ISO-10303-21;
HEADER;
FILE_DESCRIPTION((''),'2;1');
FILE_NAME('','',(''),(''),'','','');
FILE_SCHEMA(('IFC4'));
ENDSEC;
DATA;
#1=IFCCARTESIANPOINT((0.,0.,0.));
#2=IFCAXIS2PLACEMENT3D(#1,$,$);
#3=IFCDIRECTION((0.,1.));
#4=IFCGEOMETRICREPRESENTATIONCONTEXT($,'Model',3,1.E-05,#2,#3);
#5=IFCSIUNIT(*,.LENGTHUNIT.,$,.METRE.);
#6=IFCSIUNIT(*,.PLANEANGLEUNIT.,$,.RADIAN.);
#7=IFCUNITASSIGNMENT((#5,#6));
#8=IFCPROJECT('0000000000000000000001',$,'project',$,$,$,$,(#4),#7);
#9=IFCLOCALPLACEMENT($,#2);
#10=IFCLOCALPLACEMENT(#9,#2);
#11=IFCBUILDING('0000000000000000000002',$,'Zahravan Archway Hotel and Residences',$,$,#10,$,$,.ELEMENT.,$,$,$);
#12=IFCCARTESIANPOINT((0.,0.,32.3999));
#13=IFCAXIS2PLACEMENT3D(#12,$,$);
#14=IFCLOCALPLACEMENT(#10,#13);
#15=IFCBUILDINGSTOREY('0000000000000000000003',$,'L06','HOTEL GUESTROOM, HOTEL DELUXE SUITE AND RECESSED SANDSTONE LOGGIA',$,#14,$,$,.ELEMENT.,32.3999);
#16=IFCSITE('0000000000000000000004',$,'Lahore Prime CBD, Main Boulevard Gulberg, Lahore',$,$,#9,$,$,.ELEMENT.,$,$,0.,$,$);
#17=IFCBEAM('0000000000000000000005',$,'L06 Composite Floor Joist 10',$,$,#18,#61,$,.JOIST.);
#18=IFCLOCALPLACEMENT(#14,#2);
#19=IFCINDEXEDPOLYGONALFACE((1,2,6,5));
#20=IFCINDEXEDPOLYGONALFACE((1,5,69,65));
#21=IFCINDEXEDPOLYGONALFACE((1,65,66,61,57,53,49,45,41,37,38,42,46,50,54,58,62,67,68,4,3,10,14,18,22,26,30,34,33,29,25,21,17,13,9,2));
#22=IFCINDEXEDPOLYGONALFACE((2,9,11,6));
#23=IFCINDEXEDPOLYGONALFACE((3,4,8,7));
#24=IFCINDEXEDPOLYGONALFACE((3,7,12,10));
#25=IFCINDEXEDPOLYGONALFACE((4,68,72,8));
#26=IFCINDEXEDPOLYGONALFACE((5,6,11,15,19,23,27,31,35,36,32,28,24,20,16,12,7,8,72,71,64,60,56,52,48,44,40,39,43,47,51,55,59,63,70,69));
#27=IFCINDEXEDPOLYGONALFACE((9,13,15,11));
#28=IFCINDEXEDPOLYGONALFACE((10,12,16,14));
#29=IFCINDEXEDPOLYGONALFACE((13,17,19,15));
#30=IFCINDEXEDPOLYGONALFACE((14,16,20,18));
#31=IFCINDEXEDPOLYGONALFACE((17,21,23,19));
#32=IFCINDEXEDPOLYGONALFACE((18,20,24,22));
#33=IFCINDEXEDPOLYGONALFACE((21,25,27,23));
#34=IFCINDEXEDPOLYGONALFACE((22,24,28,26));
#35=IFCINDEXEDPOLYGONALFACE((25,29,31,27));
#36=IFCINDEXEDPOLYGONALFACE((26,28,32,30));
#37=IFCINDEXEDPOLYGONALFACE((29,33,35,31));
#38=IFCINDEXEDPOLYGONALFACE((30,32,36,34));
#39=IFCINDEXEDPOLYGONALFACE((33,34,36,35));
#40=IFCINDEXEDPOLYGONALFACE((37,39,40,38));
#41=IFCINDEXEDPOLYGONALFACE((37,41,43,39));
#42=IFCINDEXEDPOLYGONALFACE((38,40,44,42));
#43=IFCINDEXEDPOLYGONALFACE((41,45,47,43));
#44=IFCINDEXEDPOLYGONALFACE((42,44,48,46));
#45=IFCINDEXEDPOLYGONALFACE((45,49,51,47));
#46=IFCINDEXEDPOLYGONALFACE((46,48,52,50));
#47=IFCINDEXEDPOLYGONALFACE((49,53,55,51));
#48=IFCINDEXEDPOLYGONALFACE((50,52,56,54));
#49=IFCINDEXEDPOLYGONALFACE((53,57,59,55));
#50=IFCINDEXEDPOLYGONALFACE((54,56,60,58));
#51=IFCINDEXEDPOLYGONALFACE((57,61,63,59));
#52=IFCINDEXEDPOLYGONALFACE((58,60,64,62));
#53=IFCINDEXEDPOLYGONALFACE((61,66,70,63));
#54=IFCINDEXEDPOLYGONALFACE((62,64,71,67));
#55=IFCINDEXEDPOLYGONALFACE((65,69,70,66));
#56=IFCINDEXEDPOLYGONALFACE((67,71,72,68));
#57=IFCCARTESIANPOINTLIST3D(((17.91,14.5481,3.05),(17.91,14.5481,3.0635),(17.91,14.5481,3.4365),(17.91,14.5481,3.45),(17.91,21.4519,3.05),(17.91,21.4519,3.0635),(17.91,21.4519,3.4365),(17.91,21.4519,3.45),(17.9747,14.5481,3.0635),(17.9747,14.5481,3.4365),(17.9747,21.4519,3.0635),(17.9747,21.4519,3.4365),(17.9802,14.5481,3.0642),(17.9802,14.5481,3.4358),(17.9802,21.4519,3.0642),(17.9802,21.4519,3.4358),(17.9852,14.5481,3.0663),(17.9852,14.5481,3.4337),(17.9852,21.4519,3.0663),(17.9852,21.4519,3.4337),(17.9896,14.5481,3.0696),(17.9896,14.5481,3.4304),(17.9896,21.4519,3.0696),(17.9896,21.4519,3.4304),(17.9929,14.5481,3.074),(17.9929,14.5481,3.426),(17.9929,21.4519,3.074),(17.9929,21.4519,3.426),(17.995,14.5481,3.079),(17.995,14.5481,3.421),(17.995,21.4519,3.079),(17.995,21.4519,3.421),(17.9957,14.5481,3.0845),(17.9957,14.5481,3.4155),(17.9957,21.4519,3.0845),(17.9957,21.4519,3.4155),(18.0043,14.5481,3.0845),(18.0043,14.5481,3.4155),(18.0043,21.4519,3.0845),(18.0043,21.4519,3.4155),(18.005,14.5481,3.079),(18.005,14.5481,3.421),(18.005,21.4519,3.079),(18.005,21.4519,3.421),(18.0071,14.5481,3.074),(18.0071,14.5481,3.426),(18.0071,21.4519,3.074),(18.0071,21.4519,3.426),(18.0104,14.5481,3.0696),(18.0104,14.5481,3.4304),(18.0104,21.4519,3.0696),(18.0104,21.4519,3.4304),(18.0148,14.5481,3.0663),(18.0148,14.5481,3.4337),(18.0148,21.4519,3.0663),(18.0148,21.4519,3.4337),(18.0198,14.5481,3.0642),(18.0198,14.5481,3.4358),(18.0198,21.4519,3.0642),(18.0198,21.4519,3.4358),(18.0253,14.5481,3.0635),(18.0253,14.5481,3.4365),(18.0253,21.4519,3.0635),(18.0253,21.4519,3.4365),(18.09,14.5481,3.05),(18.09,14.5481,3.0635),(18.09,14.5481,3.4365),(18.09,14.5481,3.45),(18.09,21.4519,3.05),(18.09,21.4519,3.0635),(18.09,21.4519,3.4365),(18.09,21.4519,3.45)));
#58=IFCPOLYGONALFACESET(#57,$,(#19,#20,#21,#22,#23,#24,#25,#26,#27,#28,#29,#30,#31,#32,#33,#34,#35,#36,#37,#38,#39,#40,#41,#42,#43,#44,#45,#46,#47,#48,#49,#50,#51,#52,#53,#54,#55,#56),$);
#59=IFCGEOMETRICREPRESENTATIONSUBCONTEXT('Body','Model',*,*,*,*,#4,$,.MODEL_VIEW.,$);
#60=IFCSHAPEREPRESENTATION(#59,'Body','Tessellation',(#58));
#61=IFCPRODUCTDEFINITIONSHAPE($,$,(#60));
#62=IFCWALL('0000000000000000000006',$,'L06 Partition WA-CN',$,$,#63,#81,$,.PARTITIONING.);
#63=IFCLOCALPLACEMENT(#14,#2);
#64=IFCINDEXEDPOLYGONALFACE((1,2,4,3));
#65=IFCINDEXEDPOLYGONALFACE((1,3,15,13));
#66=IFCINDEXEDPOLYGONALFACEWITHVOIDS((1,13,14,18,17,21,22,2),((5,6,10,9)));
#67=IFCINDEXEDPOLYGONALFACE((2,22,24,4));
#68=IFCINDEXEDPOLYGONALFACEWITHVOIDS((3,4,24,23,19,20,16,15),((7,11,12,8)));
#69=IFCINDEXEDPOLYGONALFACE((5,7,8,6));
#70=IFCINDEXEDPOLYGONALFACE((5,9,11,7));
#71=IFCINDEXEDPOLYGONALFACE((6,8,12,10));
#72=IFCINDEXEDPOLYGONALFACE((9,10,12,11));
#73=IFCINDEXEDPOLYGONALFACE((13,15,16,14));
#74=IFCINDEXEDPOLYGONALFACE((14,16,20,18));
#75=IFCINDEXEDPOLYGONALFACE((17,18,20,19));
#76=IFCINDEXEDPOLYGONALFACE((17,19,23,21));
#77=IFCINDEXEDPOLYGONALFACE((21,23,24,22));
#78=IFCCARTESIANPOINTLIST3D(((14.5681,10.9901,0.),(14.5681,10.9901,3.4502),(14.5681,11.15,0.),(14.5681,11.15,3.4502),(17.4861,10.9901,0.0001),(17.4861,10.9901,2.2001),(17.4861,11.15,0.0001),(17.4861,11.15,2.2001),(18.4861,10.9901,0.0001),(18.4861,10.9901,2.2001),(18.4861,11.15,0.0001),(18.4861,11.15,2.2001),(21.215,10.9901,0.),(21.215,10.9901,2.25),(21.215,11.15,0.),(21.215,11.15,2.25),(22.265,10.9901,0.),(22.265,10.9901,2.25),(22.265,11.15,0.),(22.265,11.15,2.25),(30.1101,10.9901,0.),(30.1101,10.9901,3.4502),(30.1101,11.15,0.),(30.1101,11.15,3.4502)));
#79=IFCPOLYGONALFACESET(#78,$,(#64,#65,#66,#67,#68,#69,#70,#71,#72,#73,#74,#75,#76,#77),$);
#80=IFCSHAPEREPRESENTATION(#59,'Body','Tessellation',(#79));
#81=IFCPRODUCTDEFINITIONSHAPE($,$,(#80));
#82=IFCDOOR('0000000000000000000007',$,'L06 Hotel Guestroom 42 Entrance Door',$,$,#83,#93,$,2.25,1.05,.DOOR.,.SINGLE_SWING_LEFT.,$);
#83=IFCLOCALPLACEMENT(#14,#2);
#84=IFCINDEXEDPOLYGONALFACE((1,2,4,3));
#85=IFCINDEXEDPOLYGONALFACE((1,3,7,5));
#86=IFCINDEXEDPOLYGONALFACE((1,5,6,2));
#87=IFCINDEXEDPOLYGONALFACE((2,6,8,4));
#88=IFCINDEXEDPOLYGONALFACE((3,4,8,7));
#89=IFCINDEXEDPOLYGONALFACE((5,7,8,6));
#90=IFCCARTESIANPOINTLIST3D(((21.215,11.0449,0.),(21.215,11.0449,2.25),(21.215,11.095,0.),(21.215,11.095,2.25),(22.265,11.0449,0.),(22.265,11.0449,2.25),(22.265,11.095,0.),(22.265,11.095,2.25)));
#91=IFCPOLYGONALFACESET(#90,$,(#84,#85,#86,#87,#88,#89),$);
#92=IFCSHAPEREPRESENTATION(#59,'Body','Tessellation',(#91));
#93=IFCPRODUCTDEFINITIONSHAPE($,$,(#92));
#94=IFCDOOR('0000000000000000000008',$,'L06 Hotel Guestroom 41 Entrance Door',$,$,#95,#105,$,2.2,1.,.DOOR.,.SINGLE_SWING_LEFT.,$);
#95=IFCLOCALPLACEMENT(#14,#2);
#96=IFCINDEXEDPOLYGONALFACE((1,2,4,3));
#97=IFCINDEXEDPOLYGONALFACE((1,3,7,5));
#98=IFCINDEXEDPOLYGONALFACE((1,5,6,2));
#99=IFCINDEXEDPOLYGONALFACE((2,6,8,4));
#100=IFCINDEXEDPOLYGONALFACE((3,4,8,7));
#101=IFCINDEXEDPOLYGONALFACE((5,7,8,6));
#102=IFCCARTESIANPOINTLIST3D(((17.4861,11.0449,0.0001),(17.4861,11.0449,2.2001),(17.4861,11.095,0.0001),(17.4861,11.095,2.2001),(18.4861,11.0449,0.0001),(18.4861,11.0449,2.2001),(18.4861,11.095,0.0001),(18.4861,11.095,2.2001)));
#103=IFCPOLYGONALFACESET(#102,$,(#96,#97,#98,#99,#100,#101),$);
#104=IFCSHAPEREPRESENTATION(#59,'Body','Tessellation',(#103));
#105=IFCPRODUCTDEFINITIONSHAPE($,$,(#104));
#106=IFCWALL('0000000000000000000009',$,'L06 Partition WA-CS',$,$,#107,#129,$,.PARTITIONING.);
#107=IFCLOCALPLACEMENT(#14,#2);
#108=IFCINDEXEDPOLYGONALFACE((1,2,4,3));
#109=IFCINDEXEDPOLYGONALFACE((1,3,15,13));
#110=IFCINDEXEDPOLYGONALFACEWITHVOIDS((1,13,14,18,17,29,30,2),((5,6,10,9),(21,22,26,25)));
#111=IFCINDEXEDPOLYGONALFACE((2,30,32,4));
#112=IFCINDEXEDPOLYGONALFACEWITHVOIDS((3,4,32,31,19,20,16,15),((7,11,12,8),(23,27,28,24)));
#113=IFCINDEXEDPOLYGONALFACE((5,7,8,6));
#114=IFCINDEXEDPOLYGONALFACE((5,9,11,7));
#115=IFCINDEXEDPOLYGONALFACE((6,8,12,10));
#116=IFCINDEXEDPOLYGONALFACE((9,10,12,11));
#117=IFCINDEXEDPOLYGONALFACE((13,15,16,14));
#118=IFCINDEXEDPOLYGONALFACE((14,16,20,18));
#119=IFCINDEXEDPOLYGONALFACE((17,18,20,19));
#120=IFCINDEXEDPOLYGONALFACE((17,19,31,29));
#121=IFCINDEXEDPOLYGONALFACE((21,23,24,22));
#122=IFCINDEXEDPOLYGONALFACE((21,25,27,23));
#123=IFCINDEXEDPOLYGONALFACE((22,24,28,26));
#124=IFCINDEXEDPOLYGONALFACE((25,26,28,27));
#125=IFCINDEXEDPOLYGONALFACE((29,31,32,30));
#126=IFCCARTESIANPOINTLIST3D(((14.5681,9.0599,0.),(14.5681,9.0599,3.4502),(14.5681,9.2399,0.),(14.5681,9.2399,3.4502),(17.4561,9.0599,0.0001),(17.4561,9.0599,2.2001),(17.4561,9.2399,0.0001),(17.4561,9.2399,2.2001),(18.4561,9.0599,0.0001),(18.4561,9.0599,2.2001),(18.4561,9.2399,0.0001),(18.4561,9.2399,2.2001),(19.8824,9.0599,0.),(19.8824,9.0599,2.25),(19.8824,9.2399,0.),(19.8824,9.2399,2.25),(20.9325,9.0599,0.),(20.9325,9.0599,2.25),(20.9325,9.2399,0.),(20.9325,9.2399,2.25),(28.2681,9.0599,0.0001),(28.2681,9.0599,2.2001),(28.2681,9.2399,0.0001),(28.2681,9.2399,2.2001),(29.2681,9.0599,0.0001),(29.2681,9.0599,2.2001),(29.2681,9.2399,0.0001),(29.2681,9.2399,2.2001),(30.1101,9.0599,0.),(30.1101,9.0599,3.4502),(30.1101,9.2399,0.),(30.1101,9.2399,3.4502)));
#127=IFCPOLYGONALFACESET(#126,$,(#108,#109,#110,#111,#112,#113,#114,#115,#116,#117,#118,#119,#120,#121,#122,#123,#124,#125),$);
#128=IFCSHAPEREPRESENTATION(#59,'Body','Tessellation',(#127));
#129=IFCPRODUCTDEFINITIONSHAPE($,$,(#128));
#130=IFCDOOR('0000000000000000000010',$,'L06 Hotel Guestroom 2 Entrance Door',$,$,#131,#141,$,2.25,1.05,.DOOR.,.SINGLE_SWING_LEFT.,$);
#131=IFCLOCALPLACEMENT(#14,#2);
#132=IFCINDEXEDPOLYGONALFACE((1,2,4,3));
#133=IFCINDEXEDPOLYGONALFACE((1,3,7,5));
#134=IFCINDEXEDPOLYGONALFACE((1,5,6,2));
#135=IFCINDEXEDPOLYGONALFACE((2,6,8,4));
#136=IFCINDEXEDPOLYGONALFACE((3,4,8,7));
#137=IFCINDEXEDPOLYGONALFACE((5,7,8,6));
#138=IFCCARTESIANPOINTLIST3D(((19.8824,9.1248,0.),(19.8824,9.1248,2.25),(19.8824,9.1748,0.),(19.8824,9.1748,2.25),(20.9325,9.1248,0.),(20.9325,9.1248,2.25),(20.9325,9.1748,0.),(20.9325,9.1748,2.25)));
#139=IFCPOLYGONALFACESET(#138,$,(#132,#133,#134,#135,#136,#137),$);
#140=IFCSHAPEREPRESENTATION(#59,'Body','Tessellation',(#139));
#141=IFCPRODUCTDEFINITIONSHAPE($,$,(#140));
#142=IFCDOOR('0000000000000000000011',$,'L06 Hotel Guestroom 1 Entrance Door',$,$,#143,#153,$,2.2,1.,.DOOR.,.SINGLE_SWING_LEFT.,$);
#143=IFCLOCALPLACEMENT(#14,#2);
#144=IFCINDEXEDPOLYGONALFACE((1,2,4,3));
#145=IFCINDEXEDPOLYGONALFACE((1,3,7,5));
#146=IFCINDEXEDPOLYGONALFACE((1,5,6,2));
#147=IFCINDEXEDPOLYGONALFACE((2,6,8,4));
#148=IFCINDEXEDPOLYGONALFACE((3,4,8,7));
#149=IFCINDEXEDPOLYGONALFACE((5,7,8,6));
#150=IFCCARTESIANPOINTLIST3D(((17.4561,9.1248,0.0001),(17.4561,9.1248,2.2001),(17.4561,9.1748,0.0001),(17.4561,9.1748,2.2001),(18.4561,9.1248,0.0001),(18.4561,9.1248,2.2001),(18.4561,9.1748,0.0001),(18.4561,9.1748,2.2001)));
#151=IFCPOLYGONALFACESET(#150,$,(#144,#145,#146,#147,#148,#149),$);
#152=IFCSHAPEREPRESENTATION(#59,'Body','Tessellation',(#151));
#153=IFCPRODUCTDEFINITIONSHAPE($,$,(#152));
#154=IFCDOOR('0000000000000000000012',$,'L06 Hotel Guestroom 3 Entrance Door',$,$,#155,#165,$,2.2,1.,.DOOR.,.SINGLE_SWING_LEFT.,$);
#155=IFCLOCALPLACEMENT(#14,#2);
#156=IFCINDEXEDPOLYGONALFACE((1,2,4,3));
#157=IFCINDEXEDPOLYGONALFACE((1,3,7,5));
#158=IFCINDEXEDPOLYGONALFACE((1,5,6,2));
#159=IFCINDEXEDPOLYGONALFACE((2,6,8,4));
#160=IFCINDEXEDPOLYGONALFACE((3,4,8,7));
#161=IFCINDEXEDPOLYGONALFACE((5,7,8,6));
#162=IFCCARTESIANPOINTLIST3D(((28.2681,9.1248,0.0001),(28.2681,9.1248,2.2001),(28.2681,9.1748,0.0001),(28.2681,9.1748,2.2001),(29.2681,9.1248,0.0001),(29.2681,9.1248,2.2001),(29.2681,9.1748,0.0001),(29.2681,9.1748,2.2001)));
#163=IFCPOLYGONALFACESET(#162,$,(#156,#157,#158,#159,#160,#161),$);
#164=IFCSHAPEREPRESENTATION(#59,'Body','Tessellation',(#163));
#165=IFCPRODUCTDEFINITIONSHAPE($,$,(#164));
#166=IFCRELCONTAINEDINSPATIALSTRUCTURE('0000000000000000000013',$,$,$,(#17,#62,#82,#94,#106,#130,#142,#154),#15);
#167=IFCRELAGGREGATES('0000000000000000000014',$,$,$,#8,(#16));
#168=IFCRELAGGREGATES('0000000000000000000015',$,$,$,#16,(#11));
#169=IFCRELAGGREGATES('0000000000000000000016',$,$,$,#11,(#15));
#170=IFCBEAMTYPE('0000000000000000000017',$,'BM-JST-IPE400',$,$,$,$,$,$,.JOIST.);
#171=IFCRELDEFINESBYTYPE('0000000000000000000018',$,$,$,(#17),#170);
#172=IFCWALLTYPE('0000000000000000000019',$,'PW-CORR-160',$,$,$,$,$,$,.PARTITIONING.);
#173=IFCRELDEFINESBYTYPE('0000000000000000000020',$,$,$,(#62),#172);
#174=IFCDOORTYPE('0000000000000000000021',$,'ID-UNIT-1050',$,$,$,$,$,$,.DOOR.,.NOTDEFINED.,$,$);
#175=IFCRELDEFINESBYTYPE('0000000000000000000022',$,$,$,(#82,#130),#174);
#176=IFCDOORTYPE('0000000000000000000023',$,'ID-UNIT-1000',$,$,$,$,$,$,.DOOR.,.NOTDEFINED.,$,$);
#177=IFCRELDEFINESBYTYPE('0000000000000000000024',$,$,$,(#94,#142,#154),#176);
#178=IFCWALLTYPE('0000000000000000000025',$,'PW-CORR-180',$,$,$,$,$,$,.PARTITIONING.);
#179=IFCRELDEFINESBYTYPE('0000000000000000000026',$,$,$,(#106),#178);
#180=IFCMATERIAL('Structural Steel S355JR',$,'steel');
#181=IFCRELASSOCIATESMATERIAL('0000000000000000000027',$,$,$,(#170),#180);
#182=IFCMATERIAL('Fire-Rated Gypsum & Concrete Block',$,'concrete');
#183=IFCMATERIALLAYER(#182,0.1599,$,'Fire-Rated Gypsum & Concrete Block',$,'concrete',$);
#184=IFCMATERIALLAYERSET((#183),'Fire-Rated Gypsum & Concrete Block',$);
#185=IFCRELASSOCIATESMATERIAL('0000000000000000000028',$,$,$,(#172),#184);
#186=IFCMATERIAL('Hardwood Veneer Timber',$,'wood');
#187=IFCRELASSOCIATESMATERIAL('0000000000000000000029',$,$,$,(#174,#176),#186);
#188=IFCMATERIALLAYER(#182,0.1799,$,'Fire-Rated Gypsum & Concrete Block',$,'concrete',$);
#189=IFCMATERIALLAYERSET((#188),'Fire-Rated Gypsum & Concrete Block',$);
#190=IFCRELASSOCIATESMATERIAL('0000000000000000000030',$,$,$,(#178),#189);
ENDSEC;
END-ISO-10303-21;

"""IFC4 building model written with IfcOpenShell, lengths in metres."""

from ifc_helpers import new_model, si_unit, direction, frame, frame_2d, origin, origin_2d, place, context, subcontext, project, spatial, rectangle, i_section, extrude, source, transform, mapped, material, layer, layer_set, material_profile, profile_set, type_object, type_shapes, element, fill, save


model = new_model("IFC4")

# Units and contexts
model_context = context("Model", 3, precision=1e-05, world=origin(), true_north=direction((0.0, 1.0)))
body_context = subcontext(model_context, "Body", "Model", "MODEL_VIEW")
ifc_project = project(units=[si_unit("LENGTHUNIT", "METRE"), si_unit("PLANEANGLEUNIT", "RADIAN")], contexts=[model_context])

# Site, building, storey
site_placement = place(None, origin())
site = spatial("IfcSite", under=ifc_project, at=site_placement, Name="Lahore Prime CBD, Main Boulevard Gulberg, Lahore", CompositionType="ELEMENT", RefElevation=0.0)
building_placement = place(site_placement, origin())
building = spatial("IfcBuilding", under=site, at=building_placement, Name="Zahravan Archway Hotel and Residences", CompositionType="ELEMENT")
storey_placement = place(building_placement, frame((0.0, 0.0, 32.3999)))
storey = spatial("IfcBuildingStorey", under=building, at=storey_placement, Name="L06", Description="HOTEL GUESTROOM, HOTEL DELUXE SUITE AND RECESSED SANDSTONE LOGGIA", CompositionType="ELEMENT", Elevation=32.3999)

# Beam
ifc_material_1 = material(Name="Structural Steel S355JR", Category="steel")
ifc_material_profile_1 = material_profile(ifc_material_1, i_section(OverallWidth=0.1799, OverallDepth=0.3999, WebThickness=0.0085, FlangeThickness=0.0134, FilletRadius=0.021, at=origin_2d()), Name="IPE 400", Category="steel")
ifc_profile_set_1 = profile_set([ifc_material_profile_1], Name="Structural Steel S355JR")
beam_type_1 = type_object("IfcBeamType", Name="BM-JST-IPE400", PredefinedType="JOIST", material=ifc_profile_set_1)
shared_shape_1 = source(origin(), body_context, "Body", "SweptSolid", [
    extrude(i_section(OverallWidth=0.1799, OverallDepth=0.3999, WebThickness=0.0085, FlangeThickness=0.0134, FilletRadius=0.021, at=origin_2d()), origin(), (0.0, 0.0, 1.0), 6.9038),
])
beam_1_placement = place(storey_placement, frame((18.0, 14.5481, 3.25), z_axis=(0.0, 1.0, 0.0), x_axis=(-1.0, 0.0, 0.0)))
element("IfcBeam", 1, at=beam_1_placement, inside=storey, type_object=beam_type_1, Name="L06 Composite Floor Joist 10", PredefinedType="JOIST", context=body_context, shape_type="MappedRepresentation", body=[
    mapped(shared_shape_1, transform((0.0, 0.0, 0.0), scale=1.0)),
])

# Walls, openings, doors
ifc_material_2 = material(Name="Fire-Rated Gypsum & Concrete Block", Category="concrete")
ifc_layer_1 = layer(ifc_material_2, 0.1599, Name="Fire-Rated Gypsum & Concrete Block", Category="concrete")
ifc_layer_set_1 = layer_set([ifc_layer_1], Name="Fire-Rated Gypsum & Concrete Block")
wall_type_1 = type_object("IfcWallType", Name="PW-CORR-160", PredefinedType="PARTITIONING", material=ifc_layer_set_1)
wall_1_placement = place(storey_placement, frame((14.5681, 11.0701, 0.0), z_axis=(0.0, 0.0, 1.0), x_axis=(1.0, 0.0, 0.0)))
wall_1 = element("IfcWall", 2, at=wall_1_placement, inside=storey, type_object=wall_type_1, Name="L06 Partition WA-CN", PredefinedType="PARTITIONING", context=body_context, shape_type="SweptSolid", body=[
    extrude(rectangle(XDim=15.542, YDim=0.1599, at=frame_2d((7.771, 0.0))), origin(), (0.0, 0.0, 1.0), 3.4502),
])
opening_1_placement = place(wall_1_placement, frame((2.918, 0.0, 0.0)))
opening_1 = element("IfcOpeningElement", 3, at=opening_1_placement, cuts=wall_1, PredefinedType="OPENING", context=body_context, shape_type="SweptSolid", body=[
    extrude(rectangle(XDim=1.0, YDim=2.2, at=frame_2d((0.5, 1.1001))), frame((0.0, 0.0898, 0.0), z_axis=(0.0, -1.0, 0.0), x_axis=(1.0, 0.0, 0.0)), (0.0, 0.0, 1.0), 0.1799),
])
opening_2_placement = place(wall_1_placement, frame((6.647, 0.0, 0.0)))
opening_2 = element("IfcOpeningElement", 4, at=opening_2_placement, cuts=wall_1, PredefinedType="OPENING", context=body_context, shape_type="SweptSolid", body=[
    extrude(rectangle(XDim=1.05, YDim=2.25, at=frame_2d((0.5249, 1.125))), frame((0.0, 0.0898, 0.0), z_axis=(0.0, -1.0, 0.0), x_axis=(1.0, 0.0, 0.0)), (0.0, 0.0, 1.0), 0.1799),
])
ifc_material_3 = material(Name="Hardwood Veneer Timber", Category="wood")
door_type_1 = type_object("IfcDoorType", Name="ID-UNIT-1050", OperationType="NOTDEFINED", PredefinedType="DOOR", material=ifc_material_3)
shared_shape_2 = source(origin(), body_context, "Body", "SweptSolid", [
    extrude(rectangle(XDim=1.05, YDim=2.25, at=frame_2d((0.5249, 1.125))), frame((0.0, 0.0249, 0.0), z_axis=(0.0, -1.0, 0.0), x_axis=(1.0, 0.0, 0.0)), (0.0, 0.0, 1.0), 0.05),
])
type_shapes(door_type_1, [shared_shape_2])
door_1_placement = place(opening_2_placement, origin())
door_1 = element("IfcDoor", 5, at=door_1_placement, inside=storey, type_object=door_type_1, Name="L06 Hotel Guestroom 42 Entrance Door", OperationType="SINGLE_SWING_LEFT", OverallHeight=2.25, OverallWidth=1.05, PredefinedType="DOOR", context=body_context, shape_type="MappedRepresentation", body=[
    mapped(shared_shape_2, transform((0.0, 0.0, 0.0), scale=1.0)),
])
fill(opening_2, door_1)
door_type_2 = type_object("IfcDoorType", Name="ID-UNIT-1000", OperationType="NOTDEFINED", PredefinedType="DOOR", material=ifc_material_3)
shared_shape_3 = source(origin(), body_context, "Body", "SweptSolid", [
    extrude(rectangle(XDim=1.0, YDim=2.2, at=frame_2d((0.5, 1.1001))), frame((0.0, 0.0249, 0.0), z_axis=(0.0, -1.0, 0.0), x_axis=(1.0, 0.0, 0.0)), (0.0, 0.0, 1.0), 0.05),
])
type_shapes(door_type_2, [shared_shape_3])
door_2_placement = place(opening_1_placement, origin())
door_2 = element("IfcDoor", 6, at=door_2_placement, inside=storey, type_object=door_type_2, Name="L06 Hotel Guestroom 41 Entrance Door", OperationType="SINGLE_SWING_LEFT", OverallHeight=2.2, OverallWidth=1.0, PredefinedType="DOOR", context=body_context, shape_type="MappedRepresentation", body=[
    mapped(shared_shape_3, transform((0.0, 0.0, 0.0), scale=1.0)),
])
fill(opening_1, door_2)
ifc_layer_2 = layer(ifc_material_2, 0.1799, Name="Fire-Rated Gypsum & Concrete Block", Category="concrete")
ifc_layer_set_2 = layer_set([ifc_layer_2], Name="Fire-Rated Gypsum & Concrete Block")
wall_type_2 = type_object("IfcWallType", Name="PW-CORR-180", PredefinedType="PARTITIONING", material=ifc_layer_set_2)
wall_2_placement = place(storey_placement, frame((14.5681, 9.1499, 0.0), z_axis=(0.0, 0.0, 1.0), x_axis=(1.0, 0.0, 0.0)))
wall_2 = element("IfcWall", 7, at=wall_2_placement, inside=storey, type_object=wall_type_2, Name="L06 Partition WA-CS", PredefinedType="PARTITIONING", context=body_context, shape_type="SweptSolid", body=[
    extrude(rectangle(XDim=15.542, YDim=0.1799, at=frame_2d((7.771, 0.0))), origin(), (0.0, 0.0, 1.0), 3.4502),
])
opening_3_placement = place(wall_2_placement, frame((2.8879, 0.0, 0.0)))
opening_3 = element("IfcOpeningElement", 8, at=opening_3_placement, cuts=wall_2, PredefinedType="OPENING", context=body_context, shape_type="SweptSolid", body=[
    extrude(rectangle(XDim=1.0, YDim=2.2, at=frame_2d((0.5, 1.1001))), frame((0.0, 0.1001, 0.0), z_axis=(0.0, -1.0, 0.0), x_axis=(1.0, 0.0, 0.0)), (0.0, 0.0, 1.0), 0.2),
])
opening_4_placement = place(wall_2_placement, frame((5.3145, 0.0, 0.0)))
opening_4 = element("IfcOpeningElement", 9, at=opening_4_placement, cuts=wall_2, PredefinedType="OPENING", context=body_context, shape_type="SweptSolid", body=[
    extrude(rectangle(XDim=1.05, YDim=2.25, at=frame_2d((0.5249, 1.125))), frame((0.0, 0.1001, 0.0), z_axis=(0.0, -1.0, 0.0), x_axis=(1.0, 0.0, 0.0)), (0.0, 0.0, 1.0), 0.2),
])
opening_5_placement = place(wall_2_placement, frame((13.7, 0.0, 0.0)))
opening_5 = element("IfcOpeningElement", 10, at=opening_5_placement, cuts=wall_2, PredefinedType="OPENING", context=body_context, shape_type="SweptSolid", body=[
    extrude(rectangle(XDim=1.0, YDim=2.2, at=frame_2d((0.5, 1.1001))), frame((0.0, 0.1001, 0.0), z_axis=(0.0, -1.0, 0.0), x_axis=(1.0, 0.0, 0.0)), (0.0, 0.0, 1.0), 0.2),
])
door_3_placement = place(opening_4_placement, origin())
door_3 = element("IfcDoor", 11, at=door_3_placement, inside=storey, type_object=door_type_1, Name="L06 Hotel Guestroom 2 Entrance Door", OperationType="SINGLE_SWING_LEFT", OverallHeight=2.25, OverallWidth=1.05, PredefinedType="DOOR", context=body_context, shape_type="MappedRepresentation", body=[
    mapped(shared_shape_2, transform((0.0, 0.0, 0.0), scale=1.0)),
])
fill(opening_4, door_3)
door_4_placement = place(opening_3_placement, origin())
door_4 = element("IfcDoor", 12, at=door_4_placement, inside=storey, type_object=door_type_2, Name="L06 Hotel Guestroom 1 Entrance Door", OperationType="SINGLE_SWING_LEFT", OverallHeight=2.2, OverallWidth=1.0, PredefinedType="DOOR", context=body_context, shape_type="MappedRepresentation", body=[
    mapped(shared_shape_3, transform((0.0, 0.0, 0.0), scale=1.0)),
])
fill(opening_3, door_4)
door_5_placement = place(opening_5_placement, origin())
door_5 = element("IfcDoor", 13, at=door_5_placement, inside=storey, type_object=door_type_2, Name="L06 Hotel Guestroom 3 Entrance Door", OperationType="SINGLE_SWING_LEFT", OverallHeight=2.2, OverallWidth=1.0, PredefinedType="DOOR", context=body_context, shape_type="MappedRepresentation", body=[
    mapped(shared_shape_3, transform((0.0, 0.0, 0.0), scale=1.0)),
])
fill(opening_5, door_5)

save(model, "model.ifc")
